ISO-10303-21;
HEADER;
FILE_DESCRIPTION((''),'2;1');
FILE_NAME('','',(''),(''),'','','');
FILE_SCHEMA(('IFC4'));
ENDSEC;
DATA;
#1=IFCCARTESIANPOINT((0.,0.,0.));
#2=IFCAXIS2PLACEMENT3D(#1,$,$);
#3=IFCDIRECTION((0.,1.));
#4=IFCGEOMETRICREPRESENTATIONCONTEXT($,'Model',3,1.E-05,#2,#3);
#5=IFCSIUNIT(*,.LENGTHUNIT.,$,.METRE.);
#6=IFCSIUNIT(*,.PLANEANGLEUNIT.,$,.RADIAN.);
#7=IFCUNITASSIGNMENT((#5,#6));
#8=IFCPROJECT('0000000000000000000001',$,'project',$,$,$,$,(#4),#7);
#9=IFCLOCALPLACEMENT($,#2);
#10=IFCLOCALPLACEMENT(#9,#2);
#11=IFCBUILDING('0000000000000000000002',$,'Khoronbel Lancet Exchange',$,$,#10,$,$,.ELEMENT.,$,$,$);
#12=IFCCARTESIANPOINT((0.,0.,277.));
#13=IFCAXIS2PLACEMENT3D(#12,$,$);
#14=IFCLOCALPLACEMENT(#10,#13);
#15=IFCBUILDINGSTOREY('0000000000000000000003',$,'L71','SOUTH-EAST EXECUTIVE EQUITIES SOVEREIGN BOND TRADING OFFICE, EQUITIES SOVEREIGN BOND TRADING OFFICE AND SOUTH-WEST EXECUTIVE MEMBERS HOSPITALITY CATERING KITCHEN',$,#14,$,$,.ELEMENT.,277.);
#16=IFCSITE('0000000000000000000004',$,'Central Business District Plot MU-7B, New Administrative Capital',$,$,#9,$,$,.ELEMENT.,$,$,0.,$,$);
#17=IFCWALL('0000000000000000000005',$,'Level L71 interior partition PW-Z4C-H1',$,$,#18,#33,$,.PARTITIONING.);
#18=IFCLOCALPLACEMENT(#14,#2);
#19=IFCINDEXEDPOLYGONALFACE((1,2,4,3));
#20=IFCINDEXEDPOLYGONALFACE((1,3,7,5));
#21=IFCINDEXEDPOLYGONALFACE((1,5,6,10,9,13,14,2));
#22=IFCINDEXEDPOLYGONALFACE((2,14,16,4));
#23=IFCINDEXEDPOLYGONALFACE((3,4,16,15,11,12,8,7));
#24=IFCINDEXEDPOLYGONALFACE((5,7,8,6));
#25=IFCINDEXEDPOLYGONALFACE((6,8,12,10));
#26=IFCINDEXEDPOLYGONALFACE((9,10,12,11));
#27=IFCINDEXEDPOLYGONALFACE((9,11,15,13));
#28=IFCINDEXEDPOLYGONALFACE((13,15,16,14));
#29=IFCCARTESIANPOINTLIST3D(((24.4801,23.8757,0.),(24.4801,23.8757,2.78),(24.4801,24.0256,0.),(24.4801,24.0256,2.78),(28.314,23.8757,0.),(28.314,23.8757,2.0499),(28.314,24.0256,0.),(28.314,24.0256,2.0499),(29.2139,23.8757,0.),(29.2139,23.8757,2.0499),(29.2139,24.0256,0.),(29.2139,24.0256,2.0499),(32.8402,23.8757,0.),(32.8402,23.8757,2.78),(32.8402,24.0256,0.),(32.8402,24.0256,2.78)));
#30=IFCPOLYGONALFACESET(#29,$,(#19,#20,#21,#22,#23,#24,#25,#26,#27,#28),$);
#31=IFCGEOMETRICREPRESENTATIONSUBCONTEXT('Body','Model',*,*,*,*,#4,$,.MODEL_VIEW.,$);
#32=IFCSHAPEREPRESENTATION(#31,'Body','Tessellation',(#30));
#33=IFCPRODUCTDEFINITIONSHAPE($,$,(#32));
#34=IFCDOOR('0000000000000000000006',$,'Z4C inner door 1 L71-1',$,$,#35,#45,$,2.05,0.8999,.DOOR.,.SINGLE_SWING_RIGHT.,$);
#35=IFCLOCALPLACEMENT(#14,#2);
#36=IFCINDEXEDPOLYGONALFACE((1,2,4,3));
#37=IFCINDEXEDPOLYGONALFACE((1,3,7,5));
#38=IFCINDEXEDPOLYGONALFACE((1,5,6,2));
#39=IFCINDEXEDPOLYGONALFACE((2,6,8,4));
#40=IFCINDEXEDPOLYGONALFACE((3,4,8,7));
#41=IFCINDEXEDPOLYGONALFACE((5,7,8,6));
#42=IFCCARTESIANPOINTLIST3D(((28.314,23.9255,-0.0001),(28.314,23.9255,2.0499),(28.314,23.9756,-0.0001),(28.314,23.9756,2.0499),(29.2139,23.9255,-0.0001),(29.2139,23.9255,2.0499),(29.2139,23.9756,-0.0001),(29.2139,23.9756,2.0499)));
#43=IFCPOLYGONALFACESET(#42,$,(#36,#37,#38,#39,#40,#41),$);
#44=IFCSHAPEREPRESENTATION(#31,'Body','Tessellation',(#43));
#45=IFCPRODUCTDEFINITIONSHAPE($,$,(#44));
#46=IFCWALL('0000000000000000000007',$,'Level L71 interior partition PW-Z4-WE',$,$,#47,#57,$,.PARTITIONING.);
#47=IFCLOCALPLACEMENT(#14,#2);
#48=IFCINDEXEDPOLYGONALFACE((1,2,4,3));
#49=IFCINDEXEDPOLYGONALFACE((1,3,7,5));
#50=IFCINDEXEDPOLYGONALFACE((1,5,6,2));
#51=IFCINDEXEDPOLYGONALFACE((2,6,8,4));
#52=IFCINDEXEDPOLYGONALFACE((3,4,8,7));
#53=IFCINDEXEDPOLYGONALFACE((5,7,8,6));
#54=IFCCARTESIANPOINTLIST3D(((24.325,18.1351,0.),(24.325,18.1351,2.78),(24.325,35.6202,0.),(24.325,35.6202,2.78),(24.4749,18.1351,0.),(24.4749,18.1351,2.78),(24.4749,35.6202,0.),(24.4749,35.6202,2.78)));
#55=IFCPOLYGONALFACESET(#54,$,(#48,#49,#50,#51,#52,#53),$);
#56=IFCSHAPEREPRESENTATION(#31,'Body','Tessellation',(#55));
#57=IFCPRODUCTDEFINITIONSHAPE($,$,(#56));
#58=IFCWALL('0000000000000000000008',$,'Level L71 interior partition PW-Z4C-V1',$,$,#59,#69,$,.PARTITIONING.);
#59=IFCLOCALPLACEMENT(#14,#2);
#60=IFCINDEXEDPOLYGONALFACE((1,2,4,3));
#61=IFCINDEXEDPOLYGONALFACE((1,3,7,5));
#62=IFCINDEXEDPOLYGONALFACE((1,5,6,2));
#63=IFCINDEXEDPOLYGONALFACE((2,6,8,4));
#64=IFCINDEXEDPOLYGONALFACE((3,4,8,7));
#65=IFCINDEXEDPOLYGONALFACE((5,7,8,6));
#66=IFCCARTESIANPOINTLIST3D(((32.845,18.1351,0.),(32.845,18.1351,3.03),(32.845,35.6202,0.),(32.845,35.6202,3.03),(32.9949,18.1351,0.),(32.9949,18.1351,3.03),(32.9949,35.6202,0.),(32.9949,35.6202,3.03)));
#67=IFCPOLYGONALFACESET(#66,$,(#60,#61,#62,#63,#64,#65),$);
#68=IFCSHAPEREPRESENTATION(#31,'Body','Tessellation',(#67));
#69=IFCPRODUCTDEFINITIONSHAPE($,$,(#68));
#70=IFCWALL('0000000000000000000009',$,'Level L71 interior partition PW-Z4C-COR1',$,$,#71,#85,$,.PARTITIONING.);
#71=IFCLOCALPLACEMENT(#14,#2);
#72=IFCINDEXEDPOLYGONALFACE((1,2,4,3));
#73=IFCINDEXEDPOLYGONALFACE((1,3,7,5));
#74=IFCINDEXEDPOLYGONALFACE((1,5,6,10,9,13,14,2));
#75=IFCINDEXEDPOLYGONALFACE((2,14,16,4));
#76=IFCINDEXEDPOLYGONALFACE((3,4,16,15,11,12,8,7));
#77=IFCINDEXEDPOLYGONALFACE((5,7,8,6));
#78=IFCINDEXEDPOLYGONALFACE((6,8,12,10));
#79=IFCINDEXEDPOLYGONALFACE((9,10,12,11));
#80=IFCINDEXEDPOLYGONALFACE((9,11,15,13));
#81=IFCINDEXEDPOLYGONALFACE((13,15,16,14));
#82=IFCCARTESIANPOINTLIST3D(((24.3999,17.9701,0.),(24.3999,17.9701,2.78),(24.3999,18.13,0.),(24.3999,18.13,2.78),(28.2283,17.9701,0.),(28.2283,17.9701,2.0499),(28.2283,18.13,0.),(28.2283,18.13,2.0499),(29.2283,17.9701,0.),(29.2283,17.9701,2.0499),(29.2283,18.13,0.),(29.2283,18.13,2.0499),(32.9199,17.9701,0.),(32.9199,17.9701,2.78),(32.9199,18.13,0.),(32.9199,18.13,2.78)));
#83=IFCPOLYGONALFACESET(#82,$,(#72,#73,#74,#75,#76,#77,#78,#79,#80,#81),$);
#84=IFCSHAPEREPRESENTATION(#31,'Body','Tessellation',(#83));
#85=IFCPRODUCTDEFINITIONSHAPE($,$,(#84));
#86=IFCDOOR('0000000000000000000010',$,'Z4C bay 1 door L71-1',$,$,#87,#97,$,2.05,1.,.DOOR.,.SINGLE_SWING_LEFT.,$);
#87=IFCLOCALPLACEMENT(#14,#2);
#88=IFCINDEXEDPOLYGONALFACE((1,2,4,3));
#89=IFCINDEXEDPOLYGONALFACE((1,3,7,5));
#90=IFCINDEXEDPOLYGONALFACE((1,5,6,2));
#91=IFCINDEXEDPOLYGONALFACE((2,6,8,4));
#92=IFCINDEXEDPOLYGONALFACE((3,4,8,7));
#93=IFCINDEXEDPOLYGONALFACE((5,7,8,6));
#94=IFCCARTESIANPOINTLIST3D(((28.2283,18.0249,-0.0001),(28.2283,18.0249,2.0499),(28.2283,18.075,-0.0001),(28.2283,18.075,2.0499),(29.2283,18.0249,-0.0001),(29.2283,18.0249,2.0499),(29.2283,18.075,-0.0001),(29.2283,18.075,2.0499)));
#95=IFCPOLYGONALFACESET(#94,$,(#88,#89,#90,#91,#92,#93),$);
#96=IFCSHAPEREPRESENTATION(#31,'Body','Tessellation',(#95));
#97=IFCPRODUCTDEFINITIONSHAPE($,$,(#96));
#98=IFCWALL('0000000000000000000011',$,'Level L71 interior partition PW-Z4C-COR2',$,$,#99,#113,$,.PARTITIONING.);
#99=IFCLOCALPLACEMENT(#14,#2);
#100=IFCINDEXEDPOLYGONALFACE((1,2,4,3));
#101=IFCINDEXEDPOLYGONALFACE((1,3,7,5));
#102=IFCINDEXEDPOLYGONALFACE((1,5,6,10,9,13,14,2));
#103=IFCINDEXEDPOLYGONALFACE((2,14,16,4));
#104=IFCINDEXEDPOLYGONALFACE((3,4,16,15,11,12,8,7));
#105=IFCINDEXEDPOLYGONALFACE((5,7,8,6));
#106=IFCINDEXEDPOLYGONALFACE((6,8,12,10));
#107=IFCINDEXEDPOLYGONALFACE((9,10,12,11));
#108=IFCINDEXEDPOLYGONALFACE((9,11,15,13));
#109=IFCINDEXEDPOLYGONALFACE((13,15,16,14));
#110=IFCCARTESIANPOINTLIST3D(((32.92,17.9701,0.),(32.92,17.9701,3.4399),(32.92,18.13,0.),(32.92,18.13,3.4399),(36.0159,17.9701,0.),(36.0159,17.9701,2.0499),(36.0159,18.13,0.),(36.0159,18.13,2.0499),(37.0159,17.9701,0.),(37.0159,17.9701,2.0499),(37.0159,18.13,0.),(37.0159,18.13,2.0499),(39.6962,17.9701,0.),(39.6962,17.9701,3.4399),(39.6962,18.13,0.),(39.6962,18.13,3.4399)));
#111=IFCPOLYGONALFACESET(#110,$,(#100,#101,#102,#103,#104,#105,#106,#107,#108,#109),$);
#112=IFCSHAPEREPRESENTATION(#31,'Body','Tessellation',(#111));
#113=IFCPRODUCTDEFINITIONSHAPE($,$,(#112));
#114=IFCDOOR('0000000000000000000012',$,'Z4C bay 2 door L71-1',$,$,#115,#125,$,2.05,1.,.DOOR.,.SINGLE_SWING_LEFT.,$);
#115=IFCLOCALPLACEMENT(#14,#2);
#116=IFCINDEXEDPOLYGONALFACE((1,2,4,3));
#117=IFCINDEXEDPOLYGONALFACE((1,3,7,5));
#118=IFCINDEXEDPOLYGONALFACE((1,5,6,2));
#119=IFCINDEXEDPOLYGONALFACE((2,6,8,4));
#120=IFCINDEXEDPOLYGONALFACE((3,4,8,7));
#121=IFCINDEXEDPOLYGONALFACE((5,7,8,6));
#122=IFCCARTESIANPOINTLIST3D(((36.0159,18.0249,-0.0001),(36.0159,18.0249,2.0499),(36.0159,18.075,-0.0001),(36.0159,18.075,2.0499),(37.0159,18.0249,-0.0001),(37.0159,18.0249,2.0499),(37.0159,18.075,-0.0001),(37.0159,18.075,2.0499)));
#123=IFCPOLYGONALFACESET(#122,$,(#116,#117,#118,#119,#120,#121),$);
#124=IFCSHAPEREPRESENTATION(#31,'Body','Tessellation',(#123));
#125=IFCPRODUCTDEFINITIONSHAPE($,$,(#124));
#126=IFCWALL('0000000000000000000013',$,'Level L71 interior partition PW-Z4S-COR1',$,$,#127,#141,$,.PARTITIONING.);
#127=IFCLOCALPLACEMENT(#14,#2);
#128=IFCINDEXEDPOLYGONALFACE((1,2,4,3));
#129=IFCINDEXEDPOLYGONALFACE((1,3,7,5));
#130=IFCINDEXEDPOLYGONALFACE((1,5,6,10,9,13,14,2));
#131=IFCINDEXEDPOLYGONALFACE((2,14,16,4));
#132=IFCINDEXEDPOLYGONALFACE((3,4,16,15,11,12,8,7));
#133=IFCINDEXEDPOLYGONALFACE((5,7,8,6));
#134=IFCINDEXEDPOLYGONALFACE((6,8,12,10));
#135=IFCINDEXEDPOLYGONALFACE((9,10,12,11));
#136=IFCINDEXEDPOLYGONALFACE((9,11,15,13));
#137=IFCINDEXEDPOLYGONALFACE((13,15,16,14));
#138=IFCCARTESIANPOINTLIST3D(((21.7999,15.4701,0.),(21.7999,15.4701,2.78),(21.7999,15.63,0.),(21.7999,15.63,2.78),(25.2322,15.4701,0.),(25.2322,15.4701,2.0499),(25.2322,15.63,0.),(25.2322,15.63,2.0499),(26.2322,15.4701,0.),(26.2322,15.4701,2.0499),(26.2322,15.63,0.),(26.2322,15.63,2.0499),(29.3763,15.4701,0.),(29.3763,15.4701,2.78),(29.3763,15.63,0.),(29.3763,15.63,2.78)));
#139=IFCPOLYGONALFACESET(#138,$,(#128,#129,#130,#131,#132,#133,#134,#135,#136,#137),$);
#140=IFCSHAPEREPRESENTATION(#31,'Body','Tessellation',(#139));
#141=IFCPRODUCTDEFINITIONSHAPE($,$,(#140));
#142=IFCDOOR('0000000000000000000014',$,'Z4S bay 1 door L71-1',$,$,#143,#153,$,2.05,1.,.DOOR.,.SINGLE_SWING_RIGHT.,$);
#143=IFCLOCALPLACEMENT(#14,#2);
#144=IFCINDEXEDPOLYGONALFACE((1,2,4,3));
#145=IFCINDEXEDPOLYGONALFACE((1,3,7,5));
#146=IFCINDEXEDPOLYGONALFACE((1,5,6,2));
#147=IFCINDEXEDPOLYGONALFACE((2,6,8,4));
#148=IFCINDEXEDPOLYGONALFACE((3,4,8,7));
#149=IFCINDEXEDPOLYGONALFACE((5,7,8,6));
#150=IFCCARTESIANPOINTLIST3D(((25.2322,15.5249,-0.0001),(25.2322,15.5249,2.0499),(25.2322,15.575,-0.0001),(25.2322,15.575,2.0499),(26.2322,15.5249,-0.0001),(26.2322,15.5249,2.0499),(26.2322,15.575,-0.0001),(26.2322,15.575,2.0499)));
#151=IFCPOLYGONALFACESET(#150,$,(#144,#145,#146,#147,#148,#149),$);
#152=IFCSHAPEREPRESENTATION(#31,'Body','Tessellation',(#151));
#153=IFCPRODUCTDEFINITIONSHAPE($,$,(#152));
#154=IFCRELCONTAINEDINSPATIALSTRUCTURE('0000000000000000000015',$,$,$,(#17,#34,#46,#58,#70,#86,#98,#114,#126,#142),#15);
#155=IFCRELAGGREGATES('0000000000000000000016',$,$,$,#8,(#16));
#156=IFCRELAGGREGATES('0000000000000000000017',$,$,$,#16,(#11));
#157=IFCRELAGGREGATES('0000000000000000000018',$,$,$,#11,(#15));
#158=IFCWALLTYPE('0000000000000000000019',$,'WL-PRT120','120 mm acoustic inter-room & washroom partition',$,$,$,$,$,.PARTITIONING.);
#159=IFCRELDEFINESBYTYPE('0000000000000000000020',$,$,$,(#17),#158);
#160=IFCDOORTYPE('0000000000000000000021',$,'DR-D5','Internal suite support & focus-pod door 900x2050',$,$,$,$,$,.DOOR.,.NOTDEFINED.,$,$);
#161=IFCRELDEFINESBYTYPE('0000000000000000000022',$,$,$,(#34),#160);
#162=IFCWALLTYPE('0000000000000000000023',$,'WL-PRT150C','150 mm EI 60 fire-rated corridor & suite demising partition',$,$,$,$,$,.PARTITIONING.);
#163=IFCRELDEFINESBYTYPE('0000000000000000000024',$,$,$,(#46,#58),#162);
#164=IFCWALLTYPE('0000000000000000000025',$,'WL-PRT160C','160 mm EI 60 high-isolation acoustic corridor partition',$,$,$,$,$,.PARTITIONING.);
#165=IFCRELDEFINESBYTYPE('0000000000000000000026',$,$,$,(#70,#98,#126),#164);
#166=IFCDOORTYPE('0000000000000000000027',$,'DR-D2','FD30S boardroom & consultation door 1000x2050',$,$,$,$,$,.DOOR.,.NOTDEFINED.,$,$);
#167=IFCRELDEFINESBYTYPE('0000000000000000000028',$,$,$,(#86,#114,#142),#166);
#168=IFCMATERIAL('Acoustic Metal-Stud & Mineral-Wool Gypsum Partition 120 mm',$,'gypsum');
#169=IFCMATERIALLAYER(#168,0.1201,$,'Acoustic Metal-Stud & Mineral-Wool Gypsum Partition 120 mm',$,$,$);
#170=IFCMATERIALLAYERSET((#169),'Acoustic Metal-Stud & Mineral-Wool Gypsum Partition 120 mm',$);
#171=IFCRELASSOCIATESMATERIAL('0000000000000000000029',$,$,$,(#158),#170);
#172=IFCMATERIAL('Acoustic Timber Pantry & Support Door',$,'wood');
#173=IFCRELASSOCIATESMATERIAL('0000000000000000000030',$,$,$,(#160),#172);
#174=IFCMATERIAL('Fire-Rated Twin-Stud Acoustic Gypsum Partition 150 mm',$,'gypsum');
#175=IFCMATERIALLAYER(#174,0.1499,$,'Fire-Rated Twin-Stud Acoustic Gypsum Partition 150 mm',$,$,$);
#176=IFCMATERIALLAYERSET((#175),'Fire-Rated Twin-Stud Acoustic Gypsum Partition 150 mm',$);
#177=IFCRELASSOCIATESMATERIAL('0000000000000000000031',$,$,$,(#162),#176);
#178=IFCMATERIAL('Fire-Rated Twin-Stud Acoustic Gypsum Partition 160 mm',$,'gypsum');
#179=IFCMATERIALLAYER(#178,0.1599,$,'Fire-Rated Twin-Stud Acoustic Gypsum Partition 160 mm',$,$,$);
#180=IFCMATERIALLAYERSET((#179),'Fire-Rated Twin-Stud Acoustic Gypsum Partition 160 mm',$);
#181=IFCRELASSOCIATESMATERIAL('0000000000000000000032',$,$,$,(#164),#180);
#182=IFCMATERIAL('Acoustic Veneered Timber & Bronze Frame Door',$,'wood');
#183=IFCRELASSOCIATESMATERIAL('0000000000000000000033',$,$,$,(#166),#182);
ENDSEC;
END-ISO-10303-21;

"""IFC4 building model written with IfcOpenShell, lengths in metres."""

from ifc_helpers import new_model, si_unit, direction, frame, frame_2d, origin, place, context, subcontext, project, spatial, rectangle, extrude, material, layer, layer_set, type_object, element, fill, save


model = new_model("IFC4")

# Units and contexts
model_context = context("Model", 3, precision=1e-05, world=origin(), true_north=direction((0.0, 1.0)))
body_context = subcontext(model_context, "Body", "Model", "MODEL_VIEW")
ifc_project = project(units=[si_unit("LENGTHUNIT", "METRE"), si_unit("PLANEANGLEUNIT", "RADIAN")], contexts=[model_context])

# Site, building, storey
site_placement = place(None, origin())
site = spatial("IfcSite", under=ifc_project, at=site_placement, Name="Central Business District Plot MU-7B, New Administrative Capital", CompositionType="ELEMENT", RefElevation=0.0)
building_placement = place(site_placement, origin())
building = spatial("IfcBuilding", under=site, at=building_placement, Name="Khoronbel Lancet Exchange", CompositionType="ELEMENT")
storey_placement = place(building_placement, frame((0.0, 0.0, 277.0)))
storey = spatial("IfcBuildingStorey", under=building, at=storey_placement, Name="L71", Description="SOUTH-EAST EXECUTIVE EQUITIES SOVEREIGN BOND TRADING OFFICE, EQUITIES SOVEREIGN BOND TRADING OFFICE AND SOUTH-WEST EXECUTIVE MEMBERS HOSPITALITY CATERING KITCHEN", CompositionType="ELEMENT", Elevation=277.0)

# Wall, opening, door
ifc_material_1 = material(Name="Acoustic Metal-Stud & Mineral-Wool Gypsum Partition 120 mm", Category="gypsum")
ifc_layer_1 = layer(ifc_material_1, 0.1201, Name="Acoustic Metal-Stud & Mineral-Wool Gypsum Partition 120 mm")
ifc_layer_set_1 = layer_set([ifc_layer_1], Name="Acoustic Metal-Stud & Mineral-Wool Gypsum Partition 120 mm")
wall_type_1 = type_object("IfcWallType", Name="WL-PRT120", Description="120 mm acoustic inter-room & washroom partition", PredefinedType="PARTITIONING", material=ifc_layer_set_1)
ifc_material_2 = material(Name="Acoustic Timber Pantry & Support Door", Category="wood")
door_type_1 = type_object("IfcDoorType", Name="DR-D5", Description="Internal suite support & focus-pod door 900x2050", OperationType="NOTDEFINED", PredefinedType="DOOR", material=ifc_material_2)
wall_1_placement = place(storey_placement, frame((24.48, 23.9507, 0.0), z_axis=(0.0, 0.0, 1.0), x_axis=(1.0, 0.0, 0.0)))
wall_1 = element("IfcWall", 1, at=wall_1_placement, inside=storey, type_object=wall_type_1, Name="Level L71 interior partition PW-Z4C-H1", PredefinedType="PARTITIONING", context=body_context, shape_type="SweptSolid", body=[
    extrude(rectangle(XDim=8.3601, YDim=0.1499, at=frame_2d((4.1802, 0.0))), origin(), (0.0, 0.0, 1.0), 2.78),
])
opening_1_placement = place(wall_1_placement, frame((3.834, 0.0, 0.0)))
opening_1 = element("IfcOpeningElement", 2, at=opening_1_placement, cuts=wall_1, PredefinedType="OPENING", context=body_context, shape_type="SweptSolid", body=[
    extrude(rectangle(XDim=0.8999, YDim=2.05, at=frame_2d((0.45, 1.0249))), frame((0.0, 0.085, 0.0), z_axis=(0.0, -1.0, 0.0), x_axis=(1.0, 0.0, 0.0)), (0.0, 0.0, 1.0), 0.1699),
])
door_1_placement = place(opening_1_placement, origin())
door_1 = element("IfcDoor", 3, at=door_1_placement, inside=storey, type_object=door_type_1, Name="Z4C inner door 1 L71-1", OperationType="SINGLE_SWING_RIGHT", OverallHeight=2.05, OverallWidth=0.8999, PredefinedType="DOOR", context=body_context, shape_type="SweptSolid", body=[
    extrude(rectangle(XDim=0.8999, YDim=2.05, at=frame_2d((0.45, 1.0249))), frame((0.0, 0.0249, 0.0), z_axis=(0.0, -1.0, 0.0), x_axis=(1.0, 0.0, 0.0)), (0.0, 0.0, 1.0), 0.05),
])
fill(opening_1, door_1)

# Walls
ifc_material_3 = material(Name="Fire-Rated Twin-Stud Acoustic Gypsum Partition 150 mm", Category="gypsum")
ifc_layer_2 = layer(ifc_material_3, 0.1499, Name="Fire-Rated Twin-Stud Acoustic Gypsum Partition 150 mm")
ifc_layer_set_2 = layer_set([ifc_layer_2], Name="Fire-Rated Twin-Stud Acoustic Gypsum Partition 150 mm")
wall_type_2 = type_object("IfcWallType", Name="WL-PRT150C", Description="150 mm EI 60 fire-rated corridor & suite demising partition", PredefinedType="PARTITIONING", material=ifc_layer_set_2)
wall_2_placement = place(storey_placement, frame((24.3999, 18.135, 0.0), z_axis=(0.0, 0.0, 1.0), x_axis=(0.0, 1.0, 0.0)))
element("IfcWall", 4, at=wall_2_placement, inside=storey, type_object=wall_type_2, Name="Level L71 interior partition PW-Z4-WE", PredefinedType="PARTITIONING", context=body_context, shape_type="SweptSolid", body=[
    extrude(rectangle(XDim=17.4851, YDim=0.1499, at=frame_2d((8.7427, 0.0))), origin(), (0.0, 0.0, 1.0), 2.78),
])
wall_3_placement = place(storey_placement, frame((32.9199, 18.135, 0.0), z_axis=(0.0, 0.0, 1.0), x_axis=(0.0, 1.0, 0.0)))
element("IfcWall", 5, at=wall_3_placement, inside=storey, type_object=wall_type_2, Name="Level L71 interior partition PW-Z4C-V1", PredefinedType="PARTITIONING", context=body_context, shape_type="SweptSolid", body=[
    extrude(rectangle(XDim=17.4851, YDim=0.1499, at=frame_2d((8.7427, 0.0))), origin(), (0.0, 0.0, 1.0), 3.03),
])

# Walls, openings, doors
ifc_material_4 = material(Name="Fire-Rated Twin-Stud Acoustic Gypsum Partition 160 mm", Category="gypsum")
ifc_layer_3 = layer(ifc_material_4, 0.1599, Name="Fire-Rated Twin-Stud Acoustic Gypsum Partition 160 mm")
ifc_layer_set_3 = layer_set([ifc_layer_3], Name="Fire-Rated Twin-Stud Acoustic Gypsum Partition 160 mm")
wall_type_3 = type_object("IfcWallType", Name="WL-PRT160C", Description="160 mm EI 60 high-isolation acoustic corridor partition", PredefinedType="PARTITIONING", material=ifc_layer_set_3)
wall_4_placement = place(storey_placement, frame((24.3999, 18.05, 0.0), z_axis=(0.0, 0.0, 1.0), x_axis=(1.0, 0.0, 0.0)))
wall_4 = element("IfcWall", 6, at=wall_4_placement, inside=storey, type_object=wall_type_3, Name="Level L71 interior partition PW-Z4C-COR1", PredefinedType="PARTITIONING", context=body_context, shape_type="SweptSolid", body=[
    extrude(rectangle(XDim=8.52, YDim=0.1599, at=frame_2d((4.26, 0.0))), origin(), (0.0, 0.0, 1.0), 2.78),
])
opening_2_placement = place(wall_4_placement, frame((3.8284, 0.0, 0.0)))
opening_2 = element("IfcOpeningElement", 7, at=opening_2_placement, cuts=wall_4, PredefinedType="OPENING", context=body_context, shape_type="SweptSolid", body=[
    extrude(rectangle(XDim=1.0, YDim=2.05, at=frame_2d((0.5, 1.0249))), frame((0.0, 0.0898, 0.0), z_axis=(0.0, -1.0, 0.0), x_axis=(1.0, 0.0, 0.0)), (0.0, 0.0, 1.0), 0.1799),
])
ifc_material_5 = material(Name="Acoustic Veneered Timber & Bronze Frame Door", Category="wood")
door_type_2 = type_object("IfcDoorType", Name="DR-D2", Description="FD30S boardroom & consultation door 1000x2050", OperationType="NOTDEFINED", PredefinedType="DOOR", material=ifc_material_5)
door_2_placement = place(opening_2_placement, origin())
door_2 = element("IfcDoor", 8, at=door_2_placement, inside=storey, type_object=door_type_2, Name="Z4C bay 1 door L71-1", OperationType="SINGLE_SWING_LEFT", OverallHeight=2.05, OverallWidth=1.0, PredefinedType="DOOR", context=body_context, shape_type="SweptSolid", body=[
    extrude(rectangle(XDim=1.0, YDim=2.05, at=frame_2d((0.5, 1.0249))), frame((0.0, 0.0249, 0.0), z_axis=(0.0, -1.0, 0.0), x_axis=(1.0, 0.0, 0.0)), (0.0, 0.0, 1.0), 0.05),
])
fill(opening_2, door_2)
wall_5_placement = place(storey_placement, frame((32.9199, 18.05, 0.0), z_axis=(0.0, 0.0, 1.0), x_axis=(1.0, 0.0, 0.0)))
wall_5 = element("IfcWall", 9, at=wall_5_placement, inside=storey, type_object=wall_type_3, Name="Level L71 interior partition PW-Z4C-COR2", PredefinedType="PARTITIONING", context=body_context, shape_type="SweptSolid", body=[
    extrude(rectangle(XDim=6.7761, YDim=0.1599, at=frame_2d((3.3882, 0.0))), origin(), (0.0, 0.0, 1.0), 3.4399),
])
opening_3_placement = place(wall_5_placement, frame((3.0959, 0.0, 0.0)))
opening_3 = element("IfcOpeningElement", 10, at=opening_3_placement, cuts=wall_5, PredefinedType="OPENING", context=body_context, shape_type="SweptSolid", body=[
    extrude(rectangle(XDim=1.0, YDim=2.05, at=frame_2d((0.5, 1.0249))), frame((0.0, 0.0898, 0.0), z_axis=(0.0, -1.0, 0.0), x_axis=(1.0, 0.0, 0.0)), (0.0, 0.0, 1.0), 0.1799),
])
door_3_placement = place(opening_3_placement, origin())
door_3 = element("IfcDoor", 11, at=door_3_placement, inside=storey, type_object=door_type_2, Name="Z4C bay 2 door L71-1", OperationType="SINGLE_SWING_LEFT", OverallHeight=2.05, OverallWidth=1.0, PredefinedType="DOOR", context=body_context, shape_type="SweptSolid", body=[
    extrude(rectangle(XDim=1.0, YDim=2.05, at=frame_2d((0.5, 1.0249))), frame((0.0, 0.0249, 0.0), z_axis=(0.0, -1.0, 0.0), x_axis=(1.0, 0.0, 0.0)), (0.0, 0.0, 1.0), 0.05),
])
fill(opening_3, door_3)
wall_6_placement = place(storey_placement, frame((21.8, 15.55, 0.0), z_axis=(0.0, 0.0, 1.0), x_axis=(1.0, 0.0, 0.0)))
wall_6 = element("IfcWall", 12, at=wall_6_placement, inside=storey, type_object=wall_type_3, Name="Level L71 interior partition PW-Z4S-COR1", PredefinedType="PARTITIONING", context=body_context, shape_type="SweptSolid", body=[
    extrude(rectangle(XDim=7.5764, YDim=0.1599, at=frame_2d((3.7881, 0.0))), origin(), (0.0, 0.0, 1.0), 2.78),
])
opening_4_placement = place(wall_6_placement, frame((3.4321, 0.0, 0.0)))
opening_4 = element("IfcOpeningElement", 13, at=opening_4_placement, cuts=wall_6, PredefinedType="OPENING", context=body_context, shape_type="SweptSolid", body=[
    extrude(rectangle(XDim=1.0, YDim=2.05, at=frame_2d((0.5, 1.0249))), frame((0.0, 0.0898, 0.0), z_axis=(0.0, -1.0, 0.0), x_axis=(1.0, 0.0, 0.0)), (0.0, 0.0, 1.0), 0.1799),
])
door_4_placement = place(opening_4_placement, origin())
door_4 = element("IfcDoor", 14, at=door_4_placement, inside=storey, type_object=door_type_2, Name="Z4S bay 1 door L71-1", OperationType="SINGLE_SWING_RIGHT", OverallHeight=2.05, OverallWidth=1.0, PredefinedType="DOOR", context=body_context, shape_type="SweptSolid", body=[
    extrude(rectangle(XDim=1.0, YDim=2.05, at=frame_2d((0.5, 1.0249))), frame((0.0, 0.0249, 0.0), z_axis=(0.0, -1.0, 0.0), x_axis=(1.0, 0.0, 0.0)), (0.0, 0.0, 1.0), 0.05),
])
fill(opening_4, door_4)

save(model, "model.ifc")
